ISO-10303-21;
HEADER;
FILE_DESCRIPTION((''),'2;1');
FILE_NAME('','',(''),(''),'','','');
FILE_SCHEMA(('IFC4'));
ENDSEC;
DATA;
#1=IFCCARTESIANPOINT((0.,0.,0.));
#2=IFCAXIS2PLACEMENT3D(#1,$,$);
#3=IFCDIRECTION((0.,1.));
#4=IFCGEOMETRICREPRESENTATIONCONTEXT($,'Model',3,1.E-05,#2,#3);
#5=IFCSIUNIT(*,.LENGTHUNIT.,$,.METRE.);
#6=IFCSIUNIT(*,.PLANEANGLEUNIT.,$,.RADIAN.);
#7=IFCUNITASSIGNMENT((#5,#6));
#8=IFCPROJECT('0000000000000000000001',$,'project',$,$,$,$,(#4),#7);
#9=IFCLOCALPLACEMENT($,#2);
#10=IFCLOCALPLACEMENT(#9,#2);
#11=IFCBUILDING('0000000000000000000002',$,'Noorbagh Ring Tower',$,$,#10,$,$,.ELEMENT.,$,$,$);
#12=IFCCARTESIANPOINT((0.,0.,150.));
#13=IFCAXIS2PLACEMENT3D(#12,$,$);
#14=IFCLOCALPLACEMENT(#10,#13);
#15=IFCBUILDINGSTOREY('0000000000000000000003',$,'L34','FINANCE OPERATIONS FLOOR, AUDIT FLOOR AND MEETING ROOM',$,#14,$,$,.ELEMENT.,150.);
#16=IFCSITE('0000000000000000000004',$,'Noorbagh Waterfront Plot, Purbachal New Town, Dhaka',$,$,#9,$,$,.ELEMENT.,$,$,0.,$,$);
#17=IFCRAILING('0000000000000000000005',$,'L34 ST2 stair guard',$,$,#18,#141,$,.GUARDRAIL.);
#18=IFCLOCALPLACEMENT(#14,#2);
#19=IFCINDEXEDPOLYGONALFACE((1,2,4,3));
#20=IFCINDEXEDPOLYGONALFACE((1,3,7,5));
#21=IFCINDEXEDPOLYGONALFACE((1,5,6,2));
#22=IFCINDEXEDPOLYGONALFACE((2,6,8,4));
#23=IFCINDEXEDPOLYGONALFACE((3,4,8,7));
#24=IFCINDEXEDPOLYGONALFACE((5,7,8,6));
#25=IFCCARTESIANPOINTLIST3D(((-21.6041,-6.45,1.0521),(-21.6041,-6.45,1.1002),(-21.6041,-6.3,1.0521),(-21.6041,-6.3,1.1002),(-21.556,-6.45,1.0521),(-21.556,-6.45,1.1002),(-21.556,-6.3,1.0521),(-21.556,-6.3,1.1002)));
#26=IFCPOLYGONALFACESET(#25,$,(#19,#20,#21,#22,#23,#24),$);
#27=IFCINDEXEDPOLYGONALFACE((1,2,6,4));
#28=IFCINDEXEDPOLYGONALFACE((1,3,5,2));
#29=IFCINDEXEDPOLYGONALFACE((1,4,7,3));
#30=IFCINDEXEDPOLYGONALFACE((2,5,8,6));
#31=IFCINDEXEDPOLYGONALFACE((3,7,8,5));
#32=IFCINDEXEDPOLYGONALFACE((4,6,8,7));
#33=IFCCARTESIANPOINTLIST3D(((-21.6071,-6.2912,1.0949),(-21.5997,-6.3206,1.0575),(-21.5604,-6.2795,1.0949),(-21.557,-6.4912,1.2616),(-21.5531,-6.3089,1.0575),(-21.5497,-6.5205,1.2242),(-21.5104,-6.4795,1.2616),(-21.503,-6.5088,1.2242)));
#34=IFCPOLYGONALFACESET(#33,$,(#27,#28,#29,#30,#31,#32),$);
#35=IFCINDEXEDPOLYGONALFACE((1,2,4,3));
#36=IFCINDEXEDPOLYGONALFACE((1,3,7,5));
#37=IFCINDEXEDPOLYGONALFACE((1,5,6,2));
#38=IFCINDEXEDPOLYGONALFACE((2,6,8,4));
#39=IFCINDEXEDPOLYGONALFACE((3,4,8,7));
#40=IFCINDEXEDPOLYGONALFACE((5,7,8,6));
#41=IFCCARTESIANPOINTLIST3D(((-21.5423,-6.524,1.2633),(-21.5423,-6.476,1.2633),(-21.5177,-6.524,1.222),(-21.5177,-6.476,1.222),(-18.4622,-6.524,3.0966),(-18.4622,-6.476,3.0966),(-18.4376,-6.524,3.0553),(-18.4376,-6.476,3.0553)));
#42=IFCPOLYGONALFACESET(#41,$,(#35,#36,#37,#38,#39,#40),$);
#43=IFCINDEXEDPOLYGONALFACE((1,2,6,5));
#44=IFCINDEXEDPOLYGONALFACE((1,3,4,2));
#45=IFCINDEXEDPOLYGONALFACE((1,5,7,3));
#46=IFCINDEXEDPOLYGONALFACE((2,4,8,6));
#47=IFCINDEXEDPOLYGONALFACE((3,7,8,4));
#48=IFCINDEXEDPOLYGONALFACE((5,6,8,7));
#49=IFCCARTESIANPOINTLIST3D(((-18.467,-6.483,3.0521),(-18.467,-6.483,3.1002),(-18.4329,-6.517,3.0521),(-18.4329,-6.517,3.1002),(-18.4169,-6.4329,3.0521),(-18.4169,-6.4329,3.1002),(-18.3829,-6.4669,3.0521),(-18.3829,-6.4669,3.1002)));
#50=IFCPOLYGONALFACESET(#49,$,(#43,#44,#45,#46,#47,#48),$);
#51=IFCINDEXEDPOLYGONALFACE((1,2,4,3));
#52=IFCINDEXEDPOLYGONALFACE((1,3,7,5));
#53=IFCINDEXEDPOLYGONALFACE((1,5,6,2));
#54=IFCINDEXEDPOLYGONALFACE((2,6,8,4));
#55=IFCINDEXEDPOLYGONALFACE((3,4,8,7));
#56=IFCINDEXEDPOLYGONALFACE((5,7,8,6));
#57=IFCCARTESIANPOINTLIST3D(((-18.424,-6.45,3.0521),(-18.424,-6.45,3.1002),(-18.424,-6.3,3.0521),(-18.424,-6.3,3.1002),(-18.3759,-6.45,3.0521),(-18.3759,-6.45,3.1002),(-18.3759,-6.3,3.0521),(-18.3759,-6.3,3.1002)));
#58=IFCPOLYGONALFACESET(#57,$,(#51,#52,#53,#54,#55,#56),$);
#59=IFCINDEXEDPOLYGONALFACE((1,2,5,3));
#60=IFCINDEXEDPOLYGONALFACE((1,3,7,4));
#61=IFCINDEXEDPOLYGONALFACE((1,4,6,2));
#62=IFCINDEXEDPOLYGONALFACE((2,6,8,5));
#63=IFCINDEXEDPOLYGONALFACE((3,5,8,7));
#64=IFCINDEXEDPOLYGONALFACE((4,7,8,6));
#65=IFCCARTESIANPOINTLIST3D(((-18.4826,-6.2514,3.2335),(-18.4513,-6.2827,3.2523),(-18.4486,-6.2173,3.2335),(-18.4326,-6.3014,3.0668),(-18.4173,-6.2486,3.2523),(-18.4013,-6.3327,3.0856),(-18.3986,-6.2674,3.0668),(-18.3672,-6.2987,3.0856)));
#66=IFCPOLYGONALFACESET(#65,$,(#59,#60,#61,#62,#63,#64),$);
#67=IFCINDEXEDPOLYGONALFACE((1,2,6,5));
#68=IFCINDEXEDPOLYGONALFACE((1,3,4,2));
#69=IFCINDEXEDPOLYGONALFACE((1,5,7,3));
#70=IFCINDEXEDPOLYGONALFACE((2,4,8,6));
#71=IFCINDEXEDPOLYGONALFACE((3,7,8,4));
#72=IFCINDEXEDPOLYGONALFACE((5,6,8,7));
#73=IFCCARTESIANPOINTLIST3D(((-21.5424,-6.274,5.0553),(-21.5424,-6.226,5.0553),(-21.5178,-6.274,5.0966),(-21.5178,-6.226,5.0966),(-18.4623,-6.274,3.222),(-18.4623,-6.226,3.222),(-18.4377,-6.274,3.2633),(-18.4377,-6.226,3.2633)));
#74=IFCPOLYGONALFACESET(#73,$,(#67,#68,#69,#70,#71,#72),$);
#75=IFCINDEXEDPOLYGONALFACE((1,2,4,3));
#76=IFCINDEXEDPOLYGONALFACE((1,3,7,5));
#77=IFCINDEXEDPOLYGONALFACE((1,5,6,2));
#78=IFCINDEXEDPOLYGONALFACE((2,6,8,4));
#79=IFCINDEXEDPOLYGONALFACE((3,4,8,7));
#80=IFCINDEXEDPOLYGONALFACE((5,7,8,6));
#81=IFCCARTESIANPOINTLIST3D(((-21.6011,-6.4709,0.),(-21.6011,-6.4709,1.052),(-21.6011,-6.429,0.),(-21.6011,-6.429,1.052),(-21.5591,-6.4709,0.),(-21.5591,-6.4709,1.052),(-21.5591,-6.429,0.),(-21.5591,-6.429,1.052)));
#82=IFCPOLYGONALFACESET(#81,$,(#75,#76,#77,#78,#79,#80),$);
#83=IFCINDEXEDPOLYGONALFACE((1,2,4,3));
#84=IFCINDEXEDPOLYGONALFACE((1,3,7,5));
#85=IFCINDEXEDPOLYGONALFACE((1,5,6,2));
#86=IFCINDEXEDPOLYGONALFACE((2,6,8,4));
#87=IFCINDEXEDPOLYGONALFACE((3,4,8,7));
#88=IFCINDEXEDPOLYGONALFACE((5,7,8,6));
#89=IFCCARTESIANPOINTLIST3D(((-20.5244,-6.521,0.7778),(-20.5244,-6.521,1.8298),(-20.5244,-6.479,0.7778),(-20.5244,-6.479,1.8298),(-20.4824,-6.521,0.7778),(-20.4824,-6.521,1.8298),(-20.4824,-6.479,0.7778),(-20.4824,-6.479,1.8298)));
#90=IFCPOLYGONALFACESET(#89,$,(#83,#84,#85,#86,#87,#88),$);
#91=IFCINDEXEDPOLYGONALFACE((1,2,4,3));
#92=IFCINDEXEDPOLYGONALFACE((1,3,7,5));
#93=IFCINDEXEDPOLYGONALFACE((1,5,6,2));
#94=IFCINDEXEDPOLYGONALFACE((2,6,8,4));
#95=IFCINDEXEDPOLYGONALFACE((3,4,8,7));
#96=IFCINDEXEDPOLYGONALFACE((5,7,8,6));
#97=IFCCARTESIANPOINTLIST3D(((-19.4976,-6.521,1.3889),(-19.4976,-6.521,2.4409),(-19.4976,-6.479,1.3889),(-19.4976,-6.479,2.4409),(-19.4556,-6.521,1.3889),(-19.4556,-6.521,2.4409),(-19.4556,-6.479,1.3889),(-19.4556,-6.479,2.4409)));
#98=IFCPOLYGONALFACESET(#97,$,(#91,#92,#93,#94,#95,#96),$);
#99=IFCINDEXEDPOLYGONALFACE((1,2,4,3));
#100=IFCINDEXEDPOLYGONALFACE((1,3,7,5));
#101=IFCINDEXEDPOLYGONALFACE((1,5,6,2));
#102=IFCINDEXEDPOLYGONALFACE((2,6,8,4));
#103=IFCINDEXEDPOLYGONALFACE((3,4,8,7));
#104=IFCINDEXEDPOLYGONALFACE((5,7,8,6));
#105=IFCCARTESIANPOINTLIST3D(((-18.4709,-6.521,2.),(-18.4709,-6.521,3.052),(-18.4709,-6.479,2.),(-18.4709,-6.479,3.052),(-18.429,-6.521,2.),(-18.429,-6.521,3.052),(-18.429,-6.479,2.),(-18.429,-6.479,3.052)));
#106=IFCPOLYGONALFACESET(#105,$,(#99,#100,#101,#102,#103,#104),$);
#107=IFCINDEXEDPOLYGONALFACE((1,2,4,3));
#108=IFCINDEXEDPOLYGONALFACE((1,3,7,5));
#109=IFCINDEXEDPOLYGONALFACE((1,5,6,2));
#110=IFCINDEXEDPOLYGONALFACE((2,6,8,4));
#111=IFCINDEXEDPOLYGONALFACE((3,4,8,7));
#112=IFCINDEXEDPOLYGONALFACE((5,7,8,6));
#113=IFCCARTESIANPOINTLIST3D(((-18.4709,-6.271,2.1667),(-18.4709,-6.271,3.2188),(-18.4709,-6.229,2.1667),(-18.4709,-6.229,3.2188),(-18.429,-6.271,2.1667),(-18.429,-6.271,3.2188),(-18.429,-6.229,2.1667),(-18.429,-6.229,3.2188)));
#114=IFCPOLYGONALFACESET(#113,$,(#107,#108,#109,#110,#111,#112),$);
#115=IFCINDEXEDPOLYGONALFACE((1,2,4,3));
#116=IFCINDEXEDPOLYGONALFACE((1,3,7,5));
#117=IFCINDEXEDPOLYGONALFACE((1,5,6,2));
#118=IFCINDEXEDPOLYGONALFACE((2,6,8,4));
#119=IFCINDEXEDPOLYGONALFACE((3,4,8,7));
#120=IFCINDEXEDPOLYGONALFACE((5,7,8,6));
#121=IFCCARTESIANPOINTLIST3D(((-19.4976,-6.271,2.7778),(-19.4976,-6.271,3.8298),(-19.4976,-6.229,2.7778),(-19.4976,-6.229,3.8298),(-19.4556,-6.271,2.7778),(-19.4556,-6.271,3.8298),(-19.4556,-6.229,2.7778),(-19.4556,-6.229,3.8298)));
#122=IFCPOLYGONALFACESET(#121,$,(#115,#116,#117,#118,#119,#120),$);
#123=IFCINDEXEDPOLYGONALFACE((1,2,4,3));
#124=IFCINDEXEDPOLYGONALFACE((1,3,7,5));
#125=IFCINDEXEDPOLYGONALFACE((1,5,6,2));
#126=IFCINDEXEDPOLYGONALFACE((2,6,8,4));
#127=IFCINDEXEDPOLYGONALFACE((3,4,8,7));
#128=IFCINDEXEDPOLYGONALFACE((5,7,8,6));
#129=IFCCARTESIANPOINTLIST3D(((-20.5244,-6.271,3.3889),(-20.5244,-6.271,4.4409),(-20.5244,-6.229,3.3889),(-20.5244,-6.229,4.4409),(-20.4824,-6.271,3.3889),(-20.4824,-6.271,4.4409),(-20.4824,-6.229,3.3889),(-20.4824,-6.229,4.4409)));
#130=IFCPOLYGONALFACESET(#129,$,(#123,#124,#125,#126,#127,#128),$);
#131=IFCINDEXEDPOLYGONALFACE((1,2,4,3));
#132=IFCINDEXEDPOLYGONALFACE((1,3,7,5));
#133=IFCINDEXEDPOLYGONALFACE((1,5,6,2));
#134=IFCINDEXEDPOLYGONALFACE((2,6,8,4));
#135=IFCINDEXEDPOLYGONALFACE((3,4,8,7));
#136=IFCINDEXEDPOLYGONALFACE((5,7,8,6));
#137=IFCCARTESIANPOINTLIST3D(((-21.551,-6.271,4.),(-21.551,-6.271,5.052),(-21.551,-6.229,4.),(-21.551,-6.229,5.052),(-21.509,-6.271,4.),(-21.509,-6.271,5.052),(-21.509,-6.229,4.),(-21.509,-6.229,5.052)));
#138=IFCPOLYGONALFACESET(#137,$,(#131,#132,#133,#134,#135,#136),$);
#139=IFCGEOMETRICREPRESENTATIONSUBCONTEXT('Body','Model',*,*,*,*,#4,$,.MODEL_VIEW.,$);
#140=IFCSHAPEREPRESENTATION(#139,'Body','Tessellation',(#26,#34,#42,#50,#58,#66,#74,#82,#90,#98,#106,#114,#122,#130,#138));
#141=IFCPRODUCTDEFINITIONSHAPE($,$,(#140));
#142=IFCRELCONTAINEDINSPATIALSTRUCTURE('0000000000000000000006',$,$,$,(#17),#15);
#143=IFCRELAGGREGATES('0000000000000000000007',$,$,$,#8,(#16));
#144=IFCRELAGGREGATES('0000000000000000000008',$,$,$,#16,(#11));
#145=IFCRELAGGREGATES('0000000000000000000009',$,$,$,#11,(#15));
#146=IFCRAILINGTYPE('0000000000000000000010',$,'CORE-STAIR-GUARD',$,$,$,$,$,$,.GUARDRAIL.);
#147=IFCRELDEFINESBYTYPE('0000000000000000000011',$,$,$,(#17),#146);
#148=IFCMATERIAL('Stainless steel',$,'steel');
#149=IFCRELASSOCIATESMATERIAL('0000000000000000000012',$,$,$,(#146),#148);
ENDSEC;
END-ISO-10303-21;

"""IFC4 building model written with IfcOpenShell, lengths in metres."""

from ifc_helpers import new_model, si_unit, direction, frame, origin, origin_2d, place, context, subcontext, project, spatial, rectangle, extrude, material, type_object, element, save


model = new_model("IFC4")

# Units and contexts
model_context = context("Model", 3, precision=1e-05, world=origin(), true_north=direction((0.0, 1.0)))
body_context = subcontext(model_context, "Body", "Model", "MODEL_VIEW")
ifc_project = project(units=[si_unit("LENGTHUNIT", "METRE"), si_unit("PLANEANGLEUNIT", "RADIAN")], contexts=[model_context])

# Site, building, storey
site_placement = place(None, origin())
site = spatial("IfcSite", under=ifc_project, at=site_placement, Name="Noorbagh Waterfront Plot, Purbachal New Town, Dhaka", CompositionType="ELEMENT", RefElevation=0.0)
building_placement = place(site_placement, origin())
building = spatial("IfcBuilding", under=site, at=building_placement, Name="Noorbagh Ring Tower", CompositionType="ELEMENT")
storey_placement = place(building_placement, frame((0.0, 0.0, 150.0)))
storey = spatial("IfcBuildingStorey", under=building, at=storey_placement, Name="L34", Description="FINANCE OPERATIONS FLOOR, AUDIT FLOOR AND MEETING ROOM", CompositionType="ELEMENT", Elevation=150.0)

# Railing
ifc_material_1 = material(Name="Stainless steel", Category="steel")
railing_type_1 = type_object("IfcRailingType", Name="CORE-STAIR-GUARD", PredefinedType="GUARDRAIL", material=ifc_material_1)
railing_1_placement = place(storey_placement, frame((-21.5801, -6.45, 0.0)))
element("IfcRailing", 1, at=railing_1_placement, inside=storey, type_object=railing_type_1, Name="L34 ST2 stair guard", PredefinedType="GUARDRAIL", context=body_context, shape_type="SweptSolid", body=[
    extrude(rectangle(XDim=0.0481, YDim=0.0481, at=origin_2d()), frame((0.0, 0.0, 1.0762), z_axis=(0.0, 1.0, 0.0), x_axis=(-1.0, 0.0, 0.0)), (0.0, 0.0, 1.0), 0.1499),
    extrude(rectangle(XDim=0.0481, YDim=0.0481, at=origin_2d()), frame((0.0, 0.1499, 1.0762), z_axis=(0.188776, -0.754182, 0.628946), x_axis=(0.970073, 0.242814, 0.0)), (0.0, 0.0, 1.0), 0.2651),
    extrude(rectangle(XDim=0.0481, YDim=0.0481, at=origin_2d()), frame((0.05, -0.05, 1.2427), z_axis=(0.859309, 0.0, 0.511458), x_axis=(0.0, 1.0, 0.0)), (0.0, 0.0, 1.0), 3.5845),
    extrude(rectangle(XDim=0.0481, YDim=0.0481, at=origin_2d()), frame((3.1301, -0.05, 3.0762), z_axis=(0.707107, 0.707107, 0.0), x_axis=(-0.707107, 0.707107, 0.0)), (0.0, 0.0, 1.0), 0.0708),
    extrude(rectangle(XDim=0.0481, YDim=0.0481, at=origin_2d()), frame((3.1802, 0.0, 3.0762), z_axis=(0.0, 1.0, 0.0), x_axis=(-1.0, 0.0, 0.0)), (0.0, 0.0, 1.0), 0.1499),
    extrude(rectangle(XDim=0.0481, YDim=0.0481, at=origin_2d()), frame((3.1802, 0.1499, 3.0762), z_axis=(-0.276287, 0.276287, 0.920506), x_axis=(-0.707107, -0.707107, 0.0)), (0.0, 0.0, 1.0), 0.1812),
    extrude(rectangle(XDim=0.0481, YDim=0.0481, at=origin_2d()), frame((3.1301, 0.2, 3.2427), z_axis=(-0.859309, 0.0, 0.511458), x_axis=(0.0, -1.0, 0.0)), (0.0, 0.0, 1.0), 3.5845),
    extrude(rectangle(XDim=0.042, YDim=0.042, at=origin_2d()), origin(), (0.0, 0.0, 1.0), 1.052),
    extrude(rectangle(XDim=0.042, YDim=0.042, at=origin_2d()), frame((1.0767, -0.05, 0.7778)), (0.0, 0.0, 1.0), 1.052),
    extrude(rectangle(XDim=0.042, YDim=0.042, at=origin_2d()), frame((2.1035, -0.05, 1.3889)), (0.0, 0.0, 1.0), 1.052),
    extrude(rectangle(XDim=0.042, YDim=0.042, at=origin_2d()), frame((3.1301, -0.05, 2.0)), (0.0, 0.0, 1.0), 1.052),
    extrude(rectangle(XDim=0.042, YDim=0.042, at=origin_2d()), frame((3.1301, 0.2, 2.1667)), (0.0, 0.0, 1.0), 1.052),
    extrude(rectangle(XDim=0.042, YDim=0.042, at=origin_2d()), frame((2.1035, 0.2, 2.7778)), (0.0, 0.0, 1.0), 1.052),
    extrude(rectangle(XDim=0.042, YDim=0.042, at=origin_2d()), frame((1.0767, 0.2, 3.3889)), (0.0, 0.0, 1.0), 1.052),
    extrude(rectangle(XDim=0.042, YDim=0.042, at=origin_2d()), frame((0.05, 0.2, 4.0)), (0.0, 0.0, 1.0), 1.052),
])

save(model, "model.ifc")
